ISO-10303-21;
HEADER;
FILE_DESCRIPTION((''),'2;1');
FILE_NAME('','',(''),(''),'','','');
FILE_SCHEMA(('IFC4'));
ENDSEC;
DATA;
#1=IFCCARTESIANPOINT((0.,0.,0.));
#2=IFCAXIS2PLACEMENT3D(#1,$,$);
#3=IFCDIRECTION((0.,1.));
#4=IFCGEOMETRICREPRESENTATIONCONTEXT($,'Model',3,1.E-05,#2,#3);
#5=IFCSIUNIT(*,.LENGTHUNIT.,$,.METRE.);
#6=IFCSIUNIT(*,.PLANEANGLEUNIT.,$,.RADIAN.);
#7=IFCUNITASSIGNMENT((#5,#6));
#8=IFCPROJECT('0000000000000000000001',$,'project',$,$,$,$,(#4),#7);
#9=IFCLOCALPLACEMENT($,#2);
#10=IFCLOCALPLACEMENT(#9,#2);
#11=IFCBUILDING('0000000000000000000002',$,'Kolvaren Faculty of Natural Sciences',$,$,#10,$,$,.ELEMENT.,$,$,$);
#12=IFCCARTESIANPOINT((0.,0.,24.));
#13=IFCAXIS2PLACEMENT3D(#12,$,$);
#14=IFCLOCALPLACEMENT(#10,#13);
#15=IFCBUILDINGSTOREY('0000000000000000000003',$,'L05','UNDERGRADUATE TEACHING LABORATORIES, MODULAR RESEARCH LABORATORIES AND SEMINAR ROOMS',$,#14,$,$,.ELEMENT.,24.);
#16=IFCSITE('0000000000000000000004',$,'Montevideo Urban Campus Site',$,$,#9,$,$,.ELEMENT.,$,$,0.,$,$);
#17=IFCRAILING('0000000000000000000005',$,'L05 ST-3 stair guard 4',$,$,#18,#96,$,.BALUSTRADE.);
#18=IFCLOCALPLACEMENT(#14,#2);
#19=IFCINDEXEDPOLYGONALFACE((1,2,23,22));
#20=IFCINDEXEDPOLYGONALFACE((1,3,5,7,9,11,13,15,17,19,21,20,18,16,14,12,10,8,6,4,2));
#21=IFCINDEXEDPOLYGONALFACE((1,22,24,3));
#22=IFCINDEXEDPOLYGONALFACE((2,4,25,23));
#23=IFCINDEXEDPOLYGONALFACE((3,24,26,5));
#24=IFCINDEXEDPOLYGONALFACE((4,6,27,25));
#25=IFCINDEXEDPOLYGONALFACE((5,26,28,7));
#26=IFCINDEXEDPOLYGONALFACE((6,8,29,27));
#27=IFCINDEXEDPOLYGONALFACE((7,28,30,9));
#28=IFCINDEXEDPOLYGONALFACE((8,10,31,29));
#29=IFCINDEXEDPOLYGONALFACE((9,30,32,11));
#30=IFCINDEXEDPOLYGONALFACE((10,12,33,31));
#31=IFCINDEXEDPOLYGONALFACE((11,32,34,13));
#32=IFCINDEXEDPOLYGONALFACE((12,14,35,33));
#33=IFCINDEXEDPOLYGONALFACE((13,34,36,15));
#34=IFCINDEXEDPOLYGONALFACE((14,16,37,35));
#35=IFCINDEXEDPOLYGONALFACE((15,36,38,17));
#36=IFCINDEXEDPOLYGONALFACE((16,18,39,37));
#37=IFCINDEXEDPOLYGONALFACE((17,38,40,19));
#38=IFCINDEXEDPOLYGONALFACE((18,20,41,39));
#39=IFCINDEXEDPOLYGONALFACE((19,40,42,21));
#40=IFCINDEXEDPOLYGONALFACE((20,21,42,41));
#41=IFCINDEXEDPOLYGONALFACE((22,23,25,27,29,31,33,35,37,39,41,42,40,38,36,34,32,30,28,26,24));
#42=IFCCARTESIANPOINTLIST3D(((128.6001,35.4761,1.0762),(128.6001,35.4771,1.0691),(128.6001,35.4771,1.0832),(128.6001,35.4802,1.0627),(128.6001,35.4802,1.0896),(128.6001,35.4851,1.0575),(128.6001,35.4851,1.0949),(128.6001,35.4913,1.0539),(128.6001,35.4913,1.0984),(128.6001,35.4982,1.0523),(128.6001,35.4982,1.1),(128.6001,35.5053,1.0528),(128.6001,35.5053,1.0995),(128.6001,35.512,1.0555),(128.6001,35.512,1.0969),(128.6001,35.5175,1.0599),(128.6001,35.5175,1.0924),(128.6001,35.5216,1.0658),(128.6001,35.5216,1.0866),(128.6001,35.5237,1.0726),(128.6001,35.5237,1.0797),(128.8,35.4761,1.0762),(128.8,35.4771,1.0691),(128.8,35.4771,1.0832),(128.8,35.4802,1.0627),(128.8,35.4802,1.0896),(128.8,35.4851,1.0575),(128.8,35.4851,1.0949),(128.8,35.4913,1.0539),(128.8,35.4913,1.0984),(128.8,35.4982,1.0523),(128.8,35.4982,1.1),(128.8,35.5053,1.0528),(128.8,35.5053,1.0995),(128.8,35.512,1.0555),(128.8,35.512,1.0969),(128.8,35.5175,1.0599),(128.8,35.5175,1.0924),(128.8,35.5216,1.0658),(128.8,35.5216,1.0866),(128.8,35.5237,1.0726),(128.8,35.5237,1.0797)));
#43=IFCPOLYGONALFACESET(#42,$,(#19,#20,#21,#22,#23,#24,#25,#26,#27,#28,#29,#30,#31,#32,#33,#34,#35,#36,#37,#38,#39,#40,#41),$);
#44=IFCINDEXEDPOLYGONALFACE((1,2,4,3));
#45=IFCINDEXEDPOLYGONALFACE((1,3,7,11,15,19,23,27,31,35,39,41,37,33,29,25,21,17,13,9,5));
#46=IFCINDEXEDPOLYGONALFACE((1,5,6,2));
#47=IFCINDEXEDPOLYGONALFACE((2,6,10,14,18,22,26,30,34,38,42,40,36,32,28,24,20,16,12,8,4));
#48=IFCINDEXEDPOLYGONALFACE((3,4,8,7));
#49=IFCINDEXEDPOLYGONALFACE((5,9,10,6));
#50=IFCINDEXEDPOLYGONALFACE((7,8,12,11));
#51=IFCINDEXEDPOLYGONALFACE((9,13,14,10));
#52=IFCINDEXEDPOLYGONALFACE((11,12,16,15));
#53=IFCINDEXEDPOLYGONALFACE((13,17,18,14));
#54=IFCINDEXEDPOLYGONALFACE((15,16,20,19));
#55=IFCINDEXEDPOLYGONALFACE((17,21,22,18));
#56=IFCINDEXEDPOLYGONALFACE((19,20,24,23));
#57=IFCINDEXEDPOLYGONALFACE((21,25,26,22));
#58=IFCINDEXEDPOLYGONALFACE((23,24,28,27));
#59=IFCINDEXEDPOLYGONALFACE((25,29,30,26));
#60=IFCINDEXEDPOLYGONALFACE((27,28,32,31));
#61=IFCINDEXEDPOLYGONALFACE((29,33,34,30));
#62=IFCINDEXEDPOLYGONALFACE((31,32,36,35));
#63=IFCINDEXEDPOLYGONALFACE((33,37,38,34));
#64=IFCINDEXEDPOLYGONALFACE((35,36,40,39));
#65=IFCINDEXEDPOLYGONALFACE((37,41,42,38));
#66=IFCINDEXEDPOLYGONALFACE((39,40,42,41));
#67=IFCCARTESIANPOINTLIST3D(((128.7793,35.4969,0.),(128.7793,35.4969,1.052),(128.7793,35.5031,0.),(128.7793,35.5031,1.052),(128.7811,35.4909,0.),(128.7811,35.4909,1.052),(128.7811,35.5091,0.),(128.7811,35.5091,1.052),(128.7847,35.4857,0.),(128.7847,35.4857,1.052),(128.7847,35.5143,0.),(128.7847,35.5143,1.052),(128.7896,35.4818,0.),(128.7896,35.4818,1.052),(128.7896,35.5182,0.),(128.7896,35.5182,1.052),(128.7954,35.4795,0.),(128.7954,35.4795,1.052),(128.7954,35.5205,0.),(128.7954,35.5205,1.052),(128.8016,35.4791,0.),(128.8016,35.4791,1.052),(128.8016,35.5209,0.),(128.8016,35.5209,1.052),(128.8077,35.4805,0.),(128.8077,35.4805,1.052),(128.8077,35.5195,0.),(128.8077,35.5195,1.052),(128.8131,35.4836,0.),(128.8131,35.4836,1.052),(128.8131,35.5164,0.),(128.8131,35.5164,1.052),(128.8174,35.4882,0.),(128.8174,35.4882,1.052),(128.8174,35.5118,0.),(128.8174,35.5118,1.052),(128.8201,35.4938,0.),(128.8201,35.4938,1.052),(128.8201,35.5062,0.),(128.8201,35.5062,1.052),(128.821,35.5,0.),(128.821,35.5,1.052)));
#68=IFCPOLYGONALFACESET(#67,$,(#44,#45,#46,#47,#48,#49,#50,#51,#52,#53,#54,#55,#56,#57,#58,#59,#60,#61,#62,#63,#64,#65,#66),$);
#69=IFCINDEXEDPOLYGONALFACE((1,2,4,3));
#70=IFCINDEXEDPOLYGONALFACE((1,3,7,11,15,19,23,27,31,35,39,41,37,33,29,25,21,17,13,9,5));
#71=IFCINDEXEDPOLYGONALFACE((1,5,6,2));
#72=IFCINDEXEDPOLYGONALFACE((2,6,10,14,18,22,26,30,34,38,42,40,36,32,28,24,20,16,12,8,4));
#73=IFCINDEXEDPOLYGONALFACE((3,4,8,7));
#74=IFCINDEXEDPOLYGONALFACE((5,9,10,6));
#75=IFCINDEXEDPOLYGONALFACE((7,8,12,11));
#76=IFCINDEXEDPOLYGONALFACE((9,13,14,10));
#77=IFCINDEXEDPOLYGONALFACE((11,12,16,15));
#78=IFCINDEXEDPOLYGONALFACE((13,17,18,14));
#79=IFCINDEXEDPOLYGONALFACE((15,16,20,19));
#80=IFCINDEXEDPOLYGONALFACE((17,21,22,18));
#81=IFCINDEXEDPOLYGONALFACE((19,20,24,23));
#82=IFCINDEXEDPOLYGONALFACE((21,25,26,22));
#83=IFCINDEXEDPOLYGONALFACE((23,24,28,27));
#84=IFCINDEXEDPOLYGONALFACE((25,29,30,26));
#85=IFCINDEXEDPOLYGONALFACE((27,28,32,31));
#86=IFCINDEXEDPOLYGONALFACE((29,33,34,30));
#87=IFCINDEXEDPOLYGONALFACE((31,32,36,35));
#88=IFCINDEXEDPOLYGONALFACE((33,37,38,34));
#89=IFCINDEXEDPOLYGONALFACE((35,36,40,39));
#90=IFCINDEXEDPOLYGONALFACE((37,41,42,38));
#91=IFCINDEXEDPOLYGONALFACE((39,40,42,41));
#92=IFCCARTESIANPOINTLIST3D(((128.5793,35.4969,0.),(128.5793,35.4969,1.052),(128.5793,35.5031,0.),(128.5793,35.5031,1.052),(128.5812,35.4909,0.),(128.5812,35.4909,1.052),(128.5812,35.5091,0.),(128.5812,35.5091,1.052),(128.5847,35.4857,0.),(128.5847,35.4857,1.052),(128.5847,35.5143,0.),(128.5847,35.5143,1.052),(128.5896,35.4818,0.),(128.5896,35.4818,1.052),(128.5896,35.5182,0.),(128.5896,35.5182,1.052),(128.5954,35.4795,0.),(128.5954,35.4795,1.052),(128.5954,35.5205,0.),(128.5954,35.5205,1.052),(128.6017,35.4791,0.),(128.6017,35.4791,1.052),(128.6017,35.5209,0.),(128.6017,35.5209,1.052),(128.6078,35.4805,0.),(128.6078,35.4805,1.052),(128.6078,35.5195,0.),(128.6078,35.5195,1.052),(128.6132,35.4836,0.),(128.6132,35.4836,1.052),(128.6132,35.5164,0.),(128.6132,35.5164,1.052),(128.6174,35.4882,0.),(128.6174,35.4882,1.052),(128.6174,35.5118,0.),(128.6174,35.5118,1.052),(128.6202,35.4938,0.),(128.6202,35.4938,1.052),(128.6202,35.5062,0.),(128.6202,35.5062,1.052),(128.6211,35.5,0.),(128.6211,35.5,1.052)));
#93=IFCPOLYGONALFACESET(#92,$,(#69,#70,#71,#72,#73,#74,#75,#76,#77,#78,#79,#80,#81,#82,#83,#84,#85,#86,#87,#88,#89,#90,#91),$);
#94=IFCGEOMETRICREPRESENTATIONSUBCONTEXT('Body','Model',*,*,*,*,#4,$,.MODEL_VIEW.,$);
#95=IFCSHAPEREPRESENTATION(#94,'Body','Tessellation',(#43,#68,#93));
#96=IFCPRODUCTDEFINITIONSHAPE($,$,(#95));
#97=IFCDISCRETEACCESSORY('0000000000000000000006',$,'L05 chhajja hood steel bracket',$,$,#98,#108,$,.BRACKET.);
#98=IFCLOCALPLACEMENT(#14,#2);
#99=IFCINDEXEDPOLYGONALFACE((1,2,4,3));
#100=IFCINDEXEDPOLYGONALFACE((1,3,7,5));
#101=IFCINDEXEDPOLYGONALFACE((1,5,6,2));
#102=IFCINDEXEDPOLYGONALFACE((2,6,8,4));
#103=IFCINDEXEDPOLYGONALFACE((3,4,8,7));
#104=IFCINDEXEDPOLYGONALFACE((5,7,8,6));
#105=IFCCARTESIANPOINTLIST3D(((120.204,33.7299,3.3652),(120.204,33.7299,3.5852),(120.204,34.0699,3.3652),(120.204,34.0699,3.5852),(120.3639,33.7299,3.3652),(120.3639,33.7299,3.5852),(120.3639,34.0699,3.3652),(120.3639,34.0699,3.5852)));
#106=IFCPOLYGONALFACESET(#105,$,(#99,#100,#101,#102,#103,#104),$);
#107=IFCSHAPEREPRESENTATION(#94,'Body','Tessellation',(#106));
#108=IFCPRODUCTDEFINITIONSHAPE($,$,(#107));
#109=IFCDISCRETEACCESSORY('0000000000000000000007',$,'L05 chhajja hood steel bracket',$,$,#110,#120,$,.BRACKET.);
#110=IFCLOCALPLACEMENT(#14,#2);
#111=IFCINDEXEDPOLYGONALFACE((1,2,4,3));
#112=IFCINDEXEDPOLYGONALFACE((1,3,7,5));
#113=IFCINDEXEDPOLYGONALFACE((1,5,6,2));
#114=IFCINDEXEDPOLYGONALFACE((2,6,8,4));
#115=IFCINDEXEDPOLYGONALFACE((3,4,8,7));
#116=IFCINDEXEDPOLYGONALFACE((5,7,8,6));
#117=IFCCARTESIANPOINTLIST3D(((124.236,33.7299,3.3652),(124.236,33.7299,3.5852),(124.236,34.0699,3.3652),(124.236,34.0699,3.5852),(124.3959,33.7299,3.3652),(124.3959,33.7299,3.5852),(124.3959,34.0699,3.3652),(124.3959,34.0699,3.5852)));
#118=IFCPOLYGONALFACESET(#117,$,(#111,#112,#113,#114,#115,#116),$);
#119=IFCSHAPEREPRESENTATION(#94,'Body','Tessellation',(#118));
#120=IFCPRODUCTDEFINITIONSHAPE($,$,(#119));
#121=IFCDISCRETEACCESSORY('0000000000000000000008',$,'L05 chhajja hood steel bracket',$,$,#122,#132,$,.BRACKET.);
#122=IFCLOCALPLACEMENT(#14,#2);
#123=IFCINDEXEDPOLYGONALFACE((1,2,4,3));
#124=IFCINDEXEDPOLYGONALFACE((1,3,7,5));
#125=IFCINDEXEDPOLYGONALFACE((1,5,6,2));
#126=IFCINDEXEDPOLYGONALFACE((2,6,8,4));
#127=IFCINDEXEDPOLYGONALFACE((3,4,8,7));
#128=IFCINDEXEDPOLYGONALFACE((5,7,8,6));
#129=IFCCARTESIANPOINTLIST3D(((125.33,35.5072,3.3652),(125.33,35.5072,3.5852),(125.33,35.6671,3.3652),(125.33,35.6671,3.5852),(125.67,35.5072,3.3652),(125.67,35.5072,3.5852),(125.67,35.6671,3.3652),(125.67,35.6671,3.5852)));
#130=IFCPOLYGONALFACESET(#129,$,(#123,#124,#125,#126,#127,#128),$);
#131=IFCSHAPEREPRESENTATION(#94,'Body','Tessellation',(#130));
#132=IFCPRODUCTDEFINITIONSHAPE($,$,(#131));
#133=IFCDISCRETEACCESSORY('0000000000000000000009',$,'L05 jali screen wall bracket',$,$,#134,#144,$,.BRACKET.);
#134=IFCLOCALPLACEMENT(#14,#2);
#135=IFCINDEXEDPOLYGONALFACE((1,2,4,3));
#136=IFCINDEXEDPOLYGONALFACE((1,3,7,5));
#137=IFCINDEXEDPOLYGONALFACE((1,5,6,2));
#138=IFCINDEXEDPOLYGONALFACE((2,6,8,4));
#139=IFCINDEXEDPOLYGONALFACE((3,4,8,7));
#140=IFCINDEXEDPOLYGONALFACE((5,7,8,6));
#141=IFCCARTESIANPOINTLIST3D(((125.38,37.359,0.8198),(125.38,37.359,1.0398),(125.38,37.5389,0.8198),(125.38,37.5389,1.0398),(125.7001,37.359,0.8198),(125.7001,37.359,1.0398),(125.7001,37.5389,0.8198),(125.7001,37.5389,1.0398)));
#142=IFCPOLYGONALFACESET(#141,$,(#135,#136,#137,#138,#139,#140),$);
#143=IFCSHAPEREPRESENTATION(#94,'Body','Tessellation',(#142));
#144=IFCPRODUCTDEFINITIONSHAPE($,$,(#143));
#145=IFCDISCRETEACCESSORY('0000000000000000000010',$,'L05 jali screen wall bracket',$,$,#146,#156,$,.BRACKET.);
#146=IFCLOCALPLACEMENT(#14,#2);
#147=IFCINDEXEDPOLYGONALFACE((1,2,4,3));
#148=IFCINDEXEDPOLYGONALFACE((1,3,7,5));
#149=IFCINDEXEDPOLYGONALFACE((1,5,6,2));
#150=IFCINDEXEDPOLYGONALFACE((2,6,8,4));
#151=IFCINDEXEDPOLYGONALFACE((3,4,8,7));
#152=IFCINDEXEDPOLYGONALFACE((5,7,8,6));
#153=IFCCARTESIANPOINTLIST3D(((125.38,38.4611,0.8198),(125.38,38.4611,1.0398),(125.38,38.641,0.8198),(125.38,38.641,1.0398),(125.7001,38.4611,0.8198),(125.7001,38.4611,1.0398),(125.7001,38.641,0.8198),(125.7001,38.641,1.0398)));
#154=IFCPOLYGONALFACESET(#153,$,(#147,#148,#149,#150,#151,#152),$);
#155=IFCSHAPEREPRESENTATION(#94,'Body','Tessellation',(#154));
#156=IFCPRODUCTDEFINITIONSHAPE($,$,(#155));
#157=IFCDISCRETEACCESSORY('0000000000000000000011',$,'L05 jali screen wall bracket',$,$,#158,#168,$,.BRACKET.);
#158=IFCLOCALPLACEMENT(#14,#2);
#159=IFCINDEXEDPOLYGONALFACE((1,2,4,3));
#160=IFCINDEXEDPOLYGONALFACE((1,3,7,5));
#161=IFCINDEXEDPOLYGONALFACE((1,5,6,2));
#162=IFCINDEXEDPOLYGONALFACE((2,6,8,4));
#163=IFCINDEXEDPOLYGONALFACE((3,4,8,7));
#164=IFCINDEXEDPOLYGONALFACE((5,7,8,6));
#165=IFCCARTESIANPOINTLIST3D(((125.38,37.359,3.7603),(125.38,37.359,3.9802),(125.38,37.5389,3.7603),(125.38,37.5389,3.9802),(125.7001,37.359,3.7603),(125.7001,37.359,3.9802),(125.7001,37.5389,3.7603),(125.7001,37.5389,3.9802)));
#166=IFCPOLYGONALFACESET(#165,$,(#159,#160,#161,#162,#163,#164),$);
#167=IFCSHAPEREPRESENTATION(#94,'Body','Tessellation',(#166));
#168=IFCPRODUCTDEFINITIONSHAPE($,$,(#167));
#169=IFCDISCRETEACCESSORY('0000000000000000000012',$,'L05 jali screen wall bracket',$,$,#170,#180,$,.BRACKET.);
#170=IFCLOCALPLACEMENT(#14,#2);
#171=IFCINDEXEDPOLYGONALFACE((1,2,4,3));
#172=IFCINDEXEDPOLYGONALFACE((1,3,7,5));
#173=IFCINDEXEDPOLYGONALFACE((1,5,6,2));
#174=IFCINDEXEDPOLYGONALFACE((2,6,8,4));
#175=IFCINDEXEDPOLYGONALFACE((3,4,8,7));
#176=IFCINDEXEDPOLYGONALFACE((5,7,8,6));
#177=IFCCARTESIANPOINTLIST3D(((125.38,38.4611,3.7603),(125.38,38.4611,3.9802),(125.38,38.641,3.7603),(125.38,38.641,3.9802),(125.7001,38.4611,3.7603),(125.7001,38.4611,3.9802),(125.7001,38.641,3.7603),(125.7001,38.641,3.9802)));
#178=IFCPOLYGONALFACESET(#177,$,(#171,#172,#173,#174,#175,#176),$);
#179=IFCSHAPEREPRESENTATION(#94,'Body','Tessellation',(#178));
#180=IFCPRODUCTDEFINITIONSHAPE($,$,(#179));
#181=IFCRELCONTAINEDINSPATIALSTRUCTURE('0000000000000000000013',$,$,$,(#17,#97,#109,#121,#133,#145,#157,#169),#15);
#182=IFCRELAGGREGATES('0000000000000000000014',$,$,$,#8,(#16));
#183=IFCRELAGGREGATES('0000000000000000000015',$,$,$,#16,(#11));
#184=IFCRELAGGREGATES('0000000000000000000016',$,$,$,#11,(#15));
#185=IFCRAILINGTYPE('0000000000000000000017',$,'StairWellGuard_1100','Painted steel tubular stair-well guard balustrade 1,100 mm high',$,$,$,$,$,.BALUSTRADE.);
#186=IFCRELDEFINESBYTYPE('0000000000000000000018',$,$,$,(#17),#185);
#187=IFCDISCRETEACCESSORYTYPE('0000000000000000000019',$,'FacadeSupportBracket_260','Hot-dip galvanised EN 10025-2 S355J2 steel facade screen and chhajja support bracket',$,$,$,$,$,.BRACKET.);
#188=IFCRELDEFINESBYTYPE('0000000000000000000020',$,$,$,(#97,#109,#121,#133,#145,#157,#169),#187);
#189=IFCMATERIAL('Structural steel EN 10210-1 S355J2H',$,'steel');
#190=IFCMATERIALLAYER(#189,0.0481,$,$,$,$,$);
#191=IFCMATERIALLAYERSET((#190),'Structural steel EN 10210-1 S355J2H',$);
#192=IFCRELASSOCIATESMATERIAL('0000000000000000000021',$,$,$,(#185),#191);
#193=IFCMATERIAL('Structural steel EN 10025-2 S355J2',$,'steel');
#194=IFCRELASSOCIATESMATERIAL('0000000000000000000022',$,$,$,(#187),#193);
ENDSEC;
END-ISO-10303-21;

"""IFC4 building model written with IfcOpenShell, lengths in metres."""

from ifc_helpers import new_model, si_unit, direction, frame, origin, origin_2d, place, context, subcontext, project, spatial, rectangle, circle, extrude, material, layer, layer_set, type_object, element, save


model = new_model("IFC4")

# Units and contexts
model_context = context("Model", 3, precision=1e-05, world=origin(), true_north=direction((0.0, 1.0)))
body_context = subcontext(model_context, "Body", "Model", "MODEL_VIEW")
ifc_project = project(units=[si_unit("LENGTHUNIT", "METRE"), si_unit("PLANEANGLEUNIT", "RADIAN")], contexts=[model_context])

# Site, building, storey
site_placement = place(None, origin())
site = spatial("IfcSite", under=ifc_project, at=site_placement, Name="Montevideo Urban Campus Site", CompositionType="ELEMENT", RefElevation=0.0)
building_placement = place(site_placement, origin())
building = spatial("IfcBuilding", under=site, at=building_placement, Name="Kolvaren Faculty of Natural Sciences", CompositionType="ELEMENT")
storey_placement = place(building_placement, frame((0.0, 0.0, 24.0)))
storey = spatial("IfcBuildingStorey", under=building, at=storey_placement, Name="L05", Description="UNDERGRADUATE TEACHING LABORATORIES, MODULAR RESEARCH LABORATORIES AND SEMINAR ROOMS", CompositionType="ELEMENT", Elevation=24.0)

# Railing
ifc_material_1 = material(Name="Structural steel EN 10210-1 S355J2H", Category="steel")
ifc_layer_1 = layer(ifc_material_1, 0.0481)
ifc_layer_set_1 = layer_set([ifc_layer_1], Name="Structural steel EN 10210-1 S355J2H")
railing_type_1 = type_object("IfcRailingType", Name="StairWellGuard_1100", Description="Painted steel tubular stair-well guard balustrade 1,100 mm high", PredefinedType="BALUSTRADE", material=ifc_layer_set_1)
railing_1_placement = place(storey_placement, frame((128.8, 35.5, 0.0)))
element("IfcRailing", 1, at=railing_1_placement, inside=storey, type_object=railing_type_1, Name="L05 ST-3 stair guard 4", PredefinedType="BALUSTRADE", context=body_context, shape_type="SweptSolid", body=[
    extrude(circle(Radius=0.0239, at=origin_2d()), frame((0.0, 0.0, 1.0762), z_axis=(-1.0, 0.0, 0.0), x_axis=(0.0, -1.0, 0.0)), (0.0, 0.0, 1.0), 0.2),
    extrude(circle(Radius=0.021, at=origin_2d()), origin(), (0.0, 0.0, 1.0), 1.052),
    extrude(circle(Radius=0.021, at=origin_2d()), frame((-0.2, 0.0, 0.0)), (0.0, 0.0, 1.0), 1.052),
])

# Discrete accessories
ifc_material_2 = material(Name="Structural steel EN 10025-2 S355J2", Category="steel")
discrete_accessory_type = type_object("IfcDiscreteAccessoryType", Name="FacadeSupportBracket_260", Description="Hot-dip galvanised EN 10025-2 S355J2 steel facade screen and chhajja support bracket", PredefinedType="BRACKET", material=ifc_material_2)
for number, where, z_axis, x_axis, name in (
    (2, (120.2839, 33.8999, 3.3652), (0.0, 0.0, 1.0), (1.0, 0.0, 0.0), "L05 chhajja hood steel bracket"),
    (3, (124.3159, 33.8999, 3.3652), (0.0, 0.0, 1.0), (1.0, 0.0, 0.0), "L05 chhajja hood steel bracket"),
    (4, (125.5, 35.5872, 3.3652), (0.0, 0.0, 1.0), (0.0, 1.0, 0.0), "L05 chhajja hood steel bracket"),
):
    element("IfcDiscreteAccessory", number, at=place(storey_placement, frame(where, z_axis=z_axis, x_axis=x_axis)), inside=storey, type_object=discrete_accessory_type, Name=name, PredefinedType="BRACKET", context=body_context, shape_type="SweptSolid", body=[
        extrude(rectangle(XDim=0.1599, YDim=0.3401, at=origin_2d()), origin(), (0.0, 0.0, 1.0), 0.22),
    ])
for number, where, z_axis, x_axis, name in (
    (5, (125.54, 37.449, 0.8198), (0.0, 0.0, 1.0), (0.0, 1.0, 0.0), "L05 jali screen wall bracket"),
    (6, (125.54, 38.551, 0.8198), (0.0, 0.0, 1.0), (0.0, 1.0, 0.0), "L05 jali screen wall bracket"),
    (7, (125.54, 37.449, 3.7603), (0.0, 0.0, 1.0), (0.0, 1.0, 0.0), "L05 jali screen wall bracket"),
    (8, (125.54, 38.551, 3.7603), (0.0, 0.0, 1.0), (0.0, 1.0, 0.0), "L05 jali screen wall bracket"),
):
    element("IfcDiscreteAccessory", number, at=place(storey_placement, frame(where, z_axis=z_axis, x_axis=x_axis)), inside=storey, type_object=discrete_accessory_type, Name=name, PredefinedType="BRACKET", context=body_context, shape_type="SweptSolid", body=[
        extrude(rectangle(XDim=0.1799, YDim=0.3201, at=origin_2d()), origin(), (0.0, 0.0, 1.0), 0.22),
    ])

save(model, "model.ifc")
